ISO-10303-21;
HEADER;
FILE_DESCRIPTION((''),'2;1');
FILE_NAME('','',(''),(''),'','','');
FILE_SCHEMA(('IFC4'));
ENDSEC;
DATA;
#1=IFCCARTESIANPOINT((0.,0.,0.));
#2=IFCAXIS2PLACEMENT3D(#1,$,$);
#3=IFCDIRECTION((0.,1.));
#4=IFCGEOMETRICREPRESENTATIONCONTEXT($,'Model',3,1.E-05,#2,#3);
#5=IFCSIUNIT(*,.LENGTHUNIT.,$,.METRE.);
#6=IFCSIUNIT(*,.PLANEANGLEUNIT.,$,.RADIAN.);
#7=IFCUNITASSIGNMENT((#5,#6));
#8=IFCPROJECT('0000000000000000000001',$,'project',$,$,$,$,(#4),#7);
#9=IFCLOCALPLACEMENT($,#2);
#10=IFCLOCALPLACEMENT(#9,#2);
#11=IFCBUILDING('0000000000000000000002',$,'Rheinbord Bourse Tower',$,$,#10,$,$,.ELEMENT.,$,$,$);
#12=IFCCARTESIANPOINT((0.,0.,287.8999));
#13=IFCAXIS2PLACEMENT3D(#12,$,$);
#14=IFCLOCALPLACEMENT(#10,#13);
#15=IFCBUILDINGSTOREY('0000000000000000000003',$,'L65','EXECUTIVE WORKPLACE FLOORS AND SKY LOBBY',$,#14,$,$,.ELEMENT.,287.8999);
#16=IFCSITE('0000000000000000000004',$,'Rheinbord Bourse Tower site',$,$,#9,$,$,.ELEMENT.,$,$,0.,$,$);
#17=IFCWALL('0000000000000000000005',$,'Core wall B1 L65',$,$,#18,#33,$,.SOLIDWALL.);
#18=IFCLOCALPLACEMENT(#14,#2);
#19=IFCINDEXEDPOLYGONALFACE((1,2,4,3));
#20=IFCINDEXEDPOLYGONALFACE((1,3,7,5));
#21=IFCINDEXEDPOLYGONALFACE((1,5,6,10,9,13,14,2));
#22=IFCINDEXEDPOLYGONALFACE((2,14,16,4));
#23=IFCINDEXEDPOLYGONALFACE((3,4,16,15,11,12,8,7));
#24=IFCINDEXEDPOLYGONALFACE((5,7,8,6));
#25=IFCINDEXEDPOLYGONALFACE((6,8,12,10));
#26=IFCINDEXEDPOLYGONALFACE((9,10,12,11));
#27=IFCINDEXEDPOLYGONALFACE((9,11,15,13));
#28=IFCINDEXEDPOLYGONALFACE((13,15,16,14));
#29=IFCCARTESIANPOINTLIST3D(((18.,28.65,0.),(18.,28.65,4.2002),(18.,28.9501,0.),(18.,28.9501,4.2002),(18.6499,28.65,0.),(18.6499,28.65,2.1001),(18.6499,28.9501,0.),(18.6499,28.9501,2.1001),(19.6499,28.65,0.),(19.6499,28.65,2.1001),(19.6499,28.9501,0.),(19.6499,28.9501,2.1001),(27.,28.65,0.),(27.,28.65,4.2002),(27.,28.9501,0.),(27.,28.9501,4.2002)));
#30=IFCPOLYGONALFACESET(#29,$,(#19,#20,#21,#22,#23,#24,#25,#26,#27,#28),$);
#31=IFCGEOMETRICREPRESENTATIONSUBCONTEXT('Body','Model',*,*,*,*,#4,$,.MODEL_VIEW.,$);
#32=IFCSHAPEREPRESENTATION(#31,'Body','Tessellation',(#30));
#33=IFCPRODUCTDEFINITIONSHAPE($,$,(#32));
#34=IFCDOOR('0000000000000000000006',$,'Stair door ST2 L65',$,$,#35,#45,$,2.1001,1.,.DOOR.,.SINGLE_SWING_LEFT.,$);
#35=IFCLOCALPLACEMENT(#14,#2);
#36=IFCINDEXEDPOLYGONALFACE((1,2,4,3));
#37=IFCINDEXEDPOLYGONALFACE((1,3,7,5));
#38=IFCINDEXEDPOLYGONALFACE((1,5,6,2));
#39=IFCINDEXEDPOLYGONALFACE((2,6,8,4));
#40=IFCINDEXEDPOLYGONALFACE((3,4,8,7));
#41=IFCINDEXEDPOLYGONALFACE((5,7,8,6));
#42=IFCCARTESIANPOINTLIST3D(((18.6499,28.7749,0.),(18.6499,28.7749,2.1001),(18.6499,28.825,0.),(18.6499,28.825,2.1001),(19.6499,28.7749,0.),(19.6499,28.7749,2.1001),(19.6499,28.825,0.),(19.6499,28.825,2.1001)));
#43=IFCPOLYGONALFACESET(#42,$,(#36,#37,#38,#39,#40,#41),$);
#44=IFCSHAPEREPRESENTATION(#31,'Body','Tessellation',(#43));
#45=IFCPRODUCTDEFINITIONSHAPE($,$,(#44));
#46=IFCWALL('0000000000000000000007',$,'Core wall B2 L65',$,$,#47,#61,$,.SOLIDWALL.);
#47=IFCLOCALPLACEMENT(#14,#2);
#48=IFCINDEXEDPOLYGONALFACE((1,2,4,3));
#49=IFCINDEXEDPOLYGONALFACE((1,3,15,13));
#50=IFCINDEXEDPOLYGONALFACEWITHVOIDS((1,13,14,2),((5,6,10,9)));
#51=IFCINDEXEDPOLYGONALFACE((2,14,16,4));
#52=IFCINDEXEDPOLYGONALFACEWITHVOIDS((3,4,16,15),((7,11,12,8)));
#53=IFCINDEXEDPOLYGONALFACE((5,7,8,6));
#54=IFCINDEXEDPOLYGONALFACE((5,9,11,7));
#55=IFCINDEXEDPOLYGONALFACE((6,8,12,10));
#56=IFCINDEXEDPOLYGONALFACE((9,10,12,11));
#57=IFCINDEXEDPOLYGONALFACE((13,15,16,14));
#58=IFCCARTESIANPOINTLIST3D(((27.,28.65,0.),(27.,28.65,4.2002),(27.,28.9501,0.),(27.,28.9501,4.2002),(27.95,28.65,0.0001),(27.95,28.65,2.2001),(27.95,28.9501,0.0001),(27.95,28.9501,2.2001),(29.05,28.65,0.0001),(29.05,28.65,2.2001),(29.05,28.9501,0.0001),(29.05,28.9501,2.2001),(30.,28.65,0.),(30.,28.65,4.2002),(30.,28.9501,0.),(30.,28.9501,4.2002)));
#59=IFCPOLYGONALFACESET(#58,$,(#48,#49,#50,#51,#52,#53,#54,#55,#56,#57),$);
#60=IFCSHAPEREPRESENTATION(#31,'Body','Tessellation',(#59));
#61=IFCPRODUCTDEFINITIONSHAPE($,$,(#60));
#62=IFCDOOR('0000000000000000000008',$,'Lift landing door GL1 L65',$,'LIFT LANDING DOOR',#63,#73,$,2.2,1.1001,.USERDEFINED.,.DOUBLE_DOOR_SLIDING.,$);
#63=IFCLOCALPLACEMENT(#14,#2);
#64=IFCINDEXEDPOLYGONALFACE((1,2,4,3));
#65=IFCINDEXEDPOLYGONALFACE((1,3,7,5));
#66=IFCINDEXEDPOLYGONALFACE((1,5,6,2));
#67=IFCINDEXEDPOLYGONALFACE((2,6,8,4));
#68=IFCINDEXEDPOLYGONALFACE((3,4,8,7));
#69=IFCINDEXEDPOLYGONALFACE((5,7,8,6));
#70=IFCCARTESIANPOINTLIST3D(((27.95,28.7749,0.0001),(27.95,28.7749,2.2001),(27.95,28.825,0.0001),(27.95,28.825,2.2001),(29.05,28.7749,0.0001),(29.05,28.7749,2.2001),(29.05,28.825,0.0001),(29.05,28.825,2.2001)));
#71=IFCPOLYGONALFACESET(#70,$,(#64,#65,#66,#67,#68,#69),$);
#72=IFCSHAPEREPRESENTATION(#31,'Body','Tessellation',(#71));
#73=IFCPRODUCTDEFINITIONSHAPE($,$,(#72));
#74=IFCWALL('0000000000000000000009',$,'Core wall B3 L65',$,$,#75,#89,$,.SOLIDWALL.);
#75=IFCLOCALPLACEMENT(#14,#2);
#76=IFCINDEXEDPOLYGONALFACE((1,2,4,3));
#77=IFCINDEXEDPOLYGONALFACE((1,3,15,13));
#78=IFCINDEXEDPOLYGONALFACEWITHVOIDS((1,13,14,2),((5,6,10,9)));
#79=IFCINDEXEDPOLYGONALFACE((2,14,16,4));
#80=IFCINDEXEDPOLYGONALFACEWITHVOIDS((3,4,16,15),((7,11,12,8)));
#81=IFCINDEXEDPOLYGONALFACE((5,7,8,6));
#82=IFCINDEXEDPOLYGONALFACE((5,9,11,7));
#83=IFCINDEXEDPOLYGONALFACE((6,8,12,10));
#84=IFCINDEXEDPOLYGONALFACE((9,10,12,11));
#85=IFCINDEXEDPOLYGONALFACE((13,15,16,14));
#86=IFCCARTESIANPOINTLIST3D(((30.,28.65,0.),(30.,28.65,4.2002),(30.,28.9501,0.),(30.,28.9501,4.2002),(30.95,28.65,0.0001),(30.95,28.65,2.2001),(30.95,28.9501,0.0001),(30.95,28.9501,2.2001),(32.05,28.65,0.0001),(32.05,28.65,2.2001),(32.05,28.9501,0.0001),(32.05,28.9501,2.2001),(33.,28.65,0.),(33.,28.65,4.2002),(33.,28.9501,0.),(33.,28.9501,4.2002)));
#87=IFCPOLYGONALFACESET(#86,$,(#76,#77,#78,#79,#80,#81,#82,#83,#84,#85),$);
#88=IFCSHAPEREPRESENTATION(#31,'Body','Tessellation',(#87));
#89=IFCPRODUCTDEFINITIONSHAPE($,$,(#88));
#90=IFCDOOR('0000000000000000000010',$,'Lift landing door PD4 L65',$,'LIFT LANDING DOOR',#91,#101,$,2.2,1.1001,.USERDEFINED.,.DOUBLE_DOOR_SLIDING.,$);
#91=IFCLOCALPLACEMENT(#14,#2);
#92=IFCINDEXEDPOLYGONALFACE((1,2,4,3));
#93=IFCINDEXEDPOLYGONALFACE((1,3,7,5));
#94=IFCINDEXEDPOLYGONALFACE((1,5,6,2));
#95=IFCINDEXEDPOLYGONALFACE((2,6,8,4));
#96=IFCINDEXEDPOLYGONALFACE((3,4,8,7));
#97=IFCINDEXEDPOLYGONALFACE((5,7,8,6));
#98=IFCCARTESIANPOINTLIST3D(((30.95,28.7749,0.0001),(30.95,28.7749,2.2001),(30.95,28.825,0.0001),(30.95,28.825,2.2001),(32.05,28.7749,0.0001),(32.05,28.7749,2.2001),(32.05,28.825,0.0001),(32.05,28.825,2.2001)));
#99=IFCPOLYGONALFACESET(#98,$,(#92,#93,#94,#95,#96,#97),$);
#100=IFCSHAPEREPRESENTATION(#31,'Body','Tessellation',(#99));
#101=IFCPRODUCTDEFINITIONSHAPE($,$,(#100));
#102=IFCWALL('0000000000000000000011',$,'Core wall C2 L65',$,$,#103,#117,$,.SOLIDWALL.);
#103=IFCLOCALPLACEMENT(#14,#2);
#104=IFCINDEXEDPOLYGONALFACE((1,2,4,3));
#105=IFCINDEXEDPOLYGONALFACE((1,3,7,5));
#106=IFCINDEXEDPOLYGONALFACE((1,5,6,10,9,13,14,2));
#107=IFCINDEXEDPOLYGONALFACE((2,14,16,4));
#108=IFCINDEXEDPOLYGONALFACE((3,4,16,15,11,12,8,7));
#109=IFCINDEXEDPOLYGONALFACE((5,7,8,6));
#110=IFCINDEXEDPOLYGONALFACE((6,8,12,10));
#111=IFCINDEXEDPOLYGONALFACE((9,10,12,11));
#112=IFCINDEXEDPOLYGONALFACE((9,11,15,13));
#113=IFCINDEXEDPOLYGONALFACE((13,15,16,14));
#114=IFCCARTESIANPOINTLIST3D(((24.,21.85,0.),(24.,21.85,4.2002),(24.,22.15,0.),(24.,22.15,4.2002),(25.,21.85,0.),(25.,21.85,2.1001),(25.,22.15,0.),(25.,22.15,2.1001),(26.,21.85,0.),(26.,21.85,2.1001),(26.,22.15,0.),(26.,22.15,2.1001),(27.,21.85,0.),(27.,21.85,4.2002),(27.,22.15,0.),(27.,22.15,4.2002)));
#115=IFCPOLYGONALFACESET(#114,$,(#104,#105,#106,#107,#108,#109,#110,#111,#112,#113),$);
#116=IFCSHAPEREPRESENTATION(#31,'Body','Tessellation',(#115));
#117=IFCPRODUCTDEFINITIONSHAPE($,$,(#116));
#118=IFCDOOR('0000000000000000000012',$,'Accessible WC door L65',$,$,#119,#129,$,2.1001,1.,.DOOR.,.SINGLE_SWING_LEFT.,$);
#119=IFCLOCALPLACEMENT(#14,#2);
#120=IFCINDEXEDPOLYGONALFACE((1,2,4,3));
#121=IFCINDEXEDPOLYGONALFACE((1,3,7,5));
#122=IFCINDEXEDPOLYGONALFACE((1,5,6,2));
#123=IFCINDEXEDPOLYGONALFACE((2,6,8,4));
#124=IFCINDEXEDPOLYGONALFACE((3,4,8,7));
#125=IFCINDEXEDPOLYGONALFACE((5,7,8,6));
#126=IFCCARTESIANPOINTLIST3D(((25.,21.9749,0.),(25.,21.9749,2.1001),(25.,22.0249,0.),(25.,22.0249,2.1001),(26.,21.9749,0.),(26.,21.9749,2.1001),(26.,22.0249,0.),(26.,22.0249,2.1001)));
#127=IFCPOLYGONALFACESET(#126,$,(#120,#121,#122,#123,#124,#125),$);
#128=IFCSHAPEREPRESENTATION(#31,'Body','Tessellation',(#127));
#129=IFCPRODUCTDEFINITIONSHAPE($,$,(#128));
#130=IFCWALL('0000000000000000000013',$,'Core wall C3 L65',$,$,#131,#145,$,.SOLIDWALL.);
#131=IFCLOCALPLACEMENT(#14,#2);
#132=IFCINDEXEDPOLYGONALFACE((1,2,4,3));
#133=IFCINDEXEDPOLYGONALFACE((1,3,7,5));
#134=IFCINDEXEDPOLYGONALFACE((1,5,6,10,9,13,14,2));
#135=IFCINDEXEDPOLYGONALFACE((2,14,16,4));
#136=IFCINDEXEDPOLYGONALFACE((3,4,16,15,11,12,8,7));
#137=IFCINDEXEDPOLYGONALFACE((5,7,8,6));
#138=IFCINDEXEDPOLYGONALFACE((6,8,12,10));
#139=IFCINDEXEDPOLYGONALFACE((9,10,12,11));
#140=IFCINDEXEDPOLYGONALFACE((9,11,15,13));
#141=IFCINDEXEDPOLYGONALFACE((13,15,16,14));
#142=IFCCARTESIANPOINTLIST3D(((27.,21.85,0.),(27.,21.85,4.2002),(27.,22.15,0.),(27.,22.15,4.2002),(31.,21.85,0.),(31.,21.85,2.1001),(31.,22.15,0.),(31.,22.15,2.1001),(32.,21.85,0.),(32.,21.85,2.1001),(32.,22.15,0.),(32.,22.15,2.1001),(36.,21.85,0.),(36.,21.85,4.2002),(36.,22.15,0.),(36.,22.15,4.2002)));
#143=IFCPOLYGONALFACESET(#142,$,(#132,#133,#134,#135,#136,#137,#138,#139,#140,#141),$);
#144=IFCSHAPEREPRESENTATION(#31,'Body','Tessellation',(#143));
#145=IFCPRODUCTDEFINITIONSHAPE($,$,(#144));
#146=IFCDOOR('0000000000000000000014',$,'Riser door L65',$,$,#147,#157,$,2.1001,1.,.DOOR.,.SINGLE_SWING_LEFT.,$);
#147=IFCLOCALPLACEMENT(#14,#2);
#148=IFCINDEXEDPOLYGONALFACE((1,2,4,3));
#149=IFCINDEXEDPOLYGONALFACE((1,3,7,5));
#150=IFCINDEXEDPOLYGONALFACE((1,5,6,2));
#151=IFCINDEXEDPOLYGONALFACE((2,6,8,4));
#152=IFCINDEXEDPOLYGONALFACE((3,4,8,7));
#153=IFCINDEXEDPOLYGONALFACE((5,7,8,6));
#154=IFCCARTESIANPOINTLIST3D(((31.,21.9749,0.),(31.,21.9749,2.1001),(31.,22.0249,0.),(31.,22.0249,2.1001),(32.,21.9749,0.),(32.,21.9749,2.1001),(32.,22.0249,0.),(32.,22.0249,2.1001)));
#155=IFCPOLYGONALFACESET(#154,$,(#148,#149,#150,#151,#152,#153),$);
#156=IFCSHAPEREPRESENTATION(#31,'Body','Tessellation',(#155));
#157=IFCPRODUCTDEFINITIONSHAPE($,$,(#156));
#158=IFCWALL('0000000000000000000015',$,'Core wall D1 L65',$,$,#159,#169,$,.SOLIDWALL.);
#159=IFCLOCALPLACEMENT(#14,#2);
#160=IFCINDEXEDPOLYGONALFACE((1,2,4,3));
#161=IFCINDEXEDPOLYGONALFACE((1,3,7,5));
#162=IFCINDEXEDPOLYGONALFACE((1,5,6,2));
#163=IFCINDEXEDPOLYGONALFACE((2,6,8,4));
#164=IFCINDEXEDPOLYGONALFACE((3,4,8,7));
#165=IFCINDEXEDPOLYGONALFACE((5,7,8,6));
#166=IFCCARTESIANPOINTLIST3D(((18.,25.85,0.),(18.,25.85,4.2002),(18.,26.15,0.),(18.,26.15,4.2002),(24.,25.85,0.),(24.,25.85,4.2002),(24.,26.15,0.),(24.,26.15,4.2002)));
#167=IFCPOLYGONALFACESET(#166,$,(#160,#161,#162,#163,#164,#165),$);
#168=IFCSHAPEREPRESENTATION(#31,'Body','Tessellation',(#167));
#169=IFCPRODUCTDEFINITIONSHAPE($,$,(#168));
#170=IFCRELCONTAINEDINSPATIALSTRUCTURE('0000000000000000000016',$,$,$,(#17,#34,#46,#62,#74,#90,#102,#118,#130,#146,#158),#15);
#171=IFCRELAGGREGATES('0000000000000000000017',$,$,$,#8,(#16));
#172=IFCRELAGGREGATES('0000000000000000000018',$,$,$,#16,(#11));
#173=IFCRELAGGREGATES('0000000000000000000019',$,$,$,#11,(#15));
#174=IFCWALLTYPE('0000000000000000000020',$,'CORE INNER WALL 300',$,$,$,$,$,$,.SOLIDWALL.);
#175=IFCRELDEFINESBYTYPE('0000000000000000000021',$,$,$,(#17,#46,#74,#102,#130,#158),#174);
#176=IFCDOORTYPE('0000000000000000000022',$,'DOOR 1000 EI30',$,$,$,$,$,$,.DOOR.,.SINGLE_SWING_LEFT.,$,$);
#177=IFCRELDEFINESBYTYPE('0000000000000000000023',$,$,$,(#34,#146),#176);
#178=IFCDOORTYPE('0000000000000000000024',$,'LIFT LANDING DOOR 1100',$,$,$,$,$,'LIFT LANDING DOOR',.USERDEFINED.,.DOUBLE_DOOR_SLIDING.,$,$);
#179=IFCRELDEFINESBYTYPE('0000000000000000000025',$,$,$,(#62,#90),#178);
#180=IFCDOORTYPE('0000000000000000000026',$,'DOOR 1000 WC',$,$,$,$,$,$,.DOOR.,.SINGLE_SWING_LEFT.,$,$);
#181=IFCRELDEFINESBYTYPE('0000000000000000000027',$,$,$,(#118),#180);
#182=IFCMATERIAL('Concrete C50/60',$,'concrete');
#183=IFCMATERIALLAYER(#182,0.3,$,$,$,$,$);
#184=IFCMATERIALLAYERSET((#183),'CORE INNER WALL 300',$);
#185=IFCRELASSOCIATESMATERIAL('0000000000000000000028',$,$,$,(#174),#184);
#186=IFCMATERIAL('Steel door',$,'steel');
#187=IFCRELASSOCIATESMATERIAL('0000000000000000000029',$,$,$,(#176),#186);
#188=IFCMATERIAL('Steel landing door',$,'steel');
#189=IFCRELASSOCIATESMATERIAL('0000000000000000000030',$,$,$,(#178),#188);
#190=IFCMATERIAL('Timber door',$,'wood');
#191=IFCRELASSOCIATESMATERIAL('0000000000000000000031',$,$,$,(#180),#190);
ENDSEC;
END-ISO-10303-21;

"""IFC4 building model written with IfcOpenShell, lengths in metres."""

from ifc_helpers import new_model, si_unit, direction, frame, frame_2d, origin, place, context, subcontext, project, spatial, rectangle, extrude, material, layer, layer_set, type_object, element, fill, save


model = new_model("IFC4")

# Units and contexts
model_context = context("Model", 3, precision=1e-05, world=origin(), true_north=direction((0.0, 1.0)))
body_context = subcontext(model_context, "Body", "Model", "MODEL_VIEW")
ifc_project = project(units=[si_unit("LENGTHUNIT", "METRE"), si_unit("PLANEANGLEUNIT", "RADIAN")], contexts=[model_context])

# Site, building, storey
site_placement = place(None, origin())
site = spatial("IfcSite", under=ifc_project, at=site_placement, Name="Rheinbord Bourse Tower site", CompositionType="ELEMENT", RefElevation=0.0)
building_placement = place(site_placement, origin())
building = spatial("IfcBuilding", under=site, at=building_placement, Name="Rheinbord Bourse Tower", CompositionType="ELEMENT")
storey_placement = place(building_placement, frame((0.0, 0.0, 287.8999)))
storey = spatial("IfcBuildingStorey", under=building, at=storey_placement, Name="L65", Description="EXECUTIVE WORKPLACE FLOORS AND SKY LOBBY", CompositionType="ELEMENT", Elevation=287.8999)

# Walls, openings, doors
ifc_material_1 = material(Name="Concrete C50/60", Category="concrete")
ifc_layer_1 = layer(ifc_material_1, 0.3)
ifc_layer_set_1 = layer_set([ifc_layer_1], Name="CORE INNER WALL 300")
wall_type_1 = type_object("IfcWallType", Name="CORE INNER WALL 300", PredefinedType="SOLIDWALL", material=ifc_layer_set_1)
wall_1_placement = place(storey_placement, frame((18.0, 28.8, 0.0), z_axis=(0.0, 0.0, 1.0), x_axis=(1.0, 0.0, 0.0)))
wall_1 = element("IfcWall", 1, at=wall_1_placement, inside=storey, type_object=wall_type_1, Name="Core wall B1 L65", PredefinedType="SOLIDWALL", context=body_context, shape_type="SweptSolid", body=[
    extrude(rectangle(XDim=9.0, YDim=0.3, at=frame_2d((4.5, 0.0))), origin(), (0.0, 0.0, 1.0), 4.2002),
])
opening_1_placement = place(wall_1_placement, frame((0.6499, 0.0, 0.0)))
opening_1 = element("IfcOpeningElement", 2, at=opening_1_placement, cuts=wall_1, PredefinedType="OPENING", context=body_context, shape_type="SweptSolid", body=[
    extrude(rectangle(XDim=1.0, YDim=2.1001, at=frame_2d((0.5, 1.05))), frame((0.0, 0.1599, 0.0), z_axis=(0.0, -1.0, 0.0), x_axis=(1.0, 0.0, 0.0)), (0.0, 0.0, 1.0), 0.3201),
])
ifc_material_2 = material(Name="Steel door", Category="steel")
door_type_1 = type_object("IfcDoorType", Name="DOOR 1000 EI30", OperationType="SINGLE_SWING_LEFT", PredefinedType="DOOR", material=ifc_material_2)
door_1_placement = place(opening_1_placement, origin())
door_1 = element("IfcDoor", 3, at=door_1_placement, inside=storey, type_object=door_type_1, Name="Stair door ST2 L65", OperationType="SINGLE_SWING_LEFT", OverallHeight=2.1001, OverallWidth=1.0, PredefinedType="DOOR", context=body_context, shape_type="SweptSolid", body=[
    extrude(rectangle(XDim=1.0, YDim=2.1001, at=frame_2d((0.5, 1.05))), frame((0.0, 0.0249, 0.0), z_axis=(0.0, -1.0, 0.0), x_axis=(1.0, 0.0, 0.0)), (0.0, 0.0, 1.0), 0.05),
])
fill(opening_1, door_1)
wall_2_placement = place(storey_placement, frame((27.0, 28.8, 0.0), z_axis=(0.0, 0.0, 1.0), x_axis=(1.0, 0.0, 0.0)))
wall_2 = element("IfcWall", 4, at=wall_2_placement, inside=storey, type_object=wall_type_1, Name="Core wall B2 L65", PredefinedType="SOLIDWALL", context=body_context, shape_type="SweptSolid", body=[
    extrude(rectangle(XDim=3.0, YDim=0.3, at=frame_2d((1.5, 0.0))), origin(), (0.0, 0.0, 1.0), 4.2002),
])
opening_2_placement = place(wall_2_placement, frame((0.95, 0.0, 0.0)))
opening_2 = element("IfcOpeningElement", 5, at=opening_2_placement, cuts=wall_2, PredefinedType="OPENING", context=body_context, shape_type="SweptSolid", body=[
    extrude(rectangle(XDim=1.1001, YDim=2.2, at=frame_2d((0.55, 1.1001))), frame((0.0, 0.1599, 0.0), z_axis=(0.0, -1.0, 0.0), x_axis=(1.0, 0.0, 0.0)), (0.0, 0.0, 1.0), 0.3201),
])
ifc_material_3 = material(Name="Steel landing door", Category="steel")
door_type_2 = type_object("IfcDoorType", Name="LIFT LANDING DOOR 1100", ElementType="LIFT LANDING DOOR", OperationType="DOUBLE_DOOR_SLIDING", PredefinedType="USERDEFINED", material=ifc_material_3)
door_2_placement = place(opening_2_placement, origin())
door_2 = element("IfcDoor", 6, at=door_2_placement, inside=storey, type_object=door_type_2, Name="Lift landing door GL1 L65", ObjectType="LIFT LANDING DOOR", OperationType="DOUBLE_DOOR_SLIDING", OverallHeight=2.2, OverallWidth=1.1001, PredefinedType="USERDEFINED", context=body_context, shape_type="SweptSolid", body=[
    extrude(rectangle(XDim=1.1001, YDim=2.2, at=frame_2d((0.55, 1.1001))), frame((0.0, 0.0249, 0.0), z_axis=(0.0, -1.0, 0.0), x_axis=(1.0, 0.0, 0.0)), (0.0, 0.0, 1.0), 0.05),
])
fill(opening_2, door_2)
wall_3_placement = place(storey_placement, frame((30.0, 28.8, 0.0), z_axis=(0.0, 0.0, 1.0), x_axis=(1.0, 0.0, 0.0)))
wall_3 = element("IfcWall", 7, at=wall_3_placement, inside=storey, type_object=wall_type_1, Name="Core wall B3 L65", PredefinedType="SOLIDWALL", context=body_context, shape_type="SweptSolid", body=[
    extrude(rectangle(XDim=3.0, YDim=0.3, at=frame_2d((1.5, 0.0))), origin(), (0.0, 0.0, 1.0), 4.2002),
])
opening_3_placement = place(wall_3_placement, frame((0.95, 0.0, 0.0)))
opening_3 = element("IfcOpeningElement", 8, at=opening_3_placement, cuts=wall_3, PredefinedType="OPENING", context=body_context, shape_type="SweptSolid", body=[
    extrude(rectangle(XDim=1.1001, YDim=2.2, at=frame_2d((0.55, 1.1001))), frame((0.0, 0.1599, 0.0), z_axis=(0.0, -1.0, 0.0), x_axis=(1.0, 0.0, 0.0)), (0.0, 0.0, 1.0), 0.3201),
])
door_3_placement = place(opening_3_placement, origin())
door_3 = element("IfcDoor", 9, at=door_3_placement, inside=storey, type_object=door_type_2, Name="Lift landing door PD4 L65", ObjectType="LIFT LANDING DOOR", OperationType="DOUBLE_DOOR_SLIDING", OverallHeight=2.2, OverallWidth=1.1001, PredefinedType="USERDEFINED", context=body_context, shape_type="SweptSolid", body=[
    extrude(rectangle(XDim=1.1001, YDim=2.2, at=frame_2d((0.55, 1.1001))), frame((0.0, 0.0249, 0.0), z_axis=(0.0, -1.0, 0.0), x_axis=(1.0, 0.0, 0.0)), (0.0, 0.0, 1.0), 0.05),
])
fill(opening_3, door_3)
wall_4_placement = place(storey_placement, frame((24.0, 22.0, 0.0), z_axis=(0.0, 0.0, 1.0), x_axis=(1.0, 0.0, 0.0)))
wall_4 = element("IfcWall", 10, at=wall_4_placement, inside=storey, type_object=wall_type_1, Name="Core wall C2 L65", PredefinedType="SOLIDWALL", context=body_context, shape_type="SweptSolid", body=[
    extrude(rectangle(XDim=3.0, YDim=0.3, at=frame_2d((1.5, 0.0))), origin(), (0.0, 0.0, 1.0), 4.2002),
])
opening_4_placement = place(wall_4_placement, frame((1.0, 0.0, 0.0)))
opening_4 = element("IfcOpeningElement", 11, at=opening_4_placement, cuts=wall_4, PredefinedType="OPENING", context=body_context, shape_type="SweptSolid", body=[
    extrude(rectangle(XDim=1.0, YDim=2.1001, at=frame_2d((0.5, 1.05))), frame((0.0, 0.1599, 0.0), z_axis=(0.0, -1.0, 0.0), x_axis=(1.0, 0.0, 0.0)), (0.0, 0.0, 1.0), 0.3201),
])
ifc_material_4 = material(Name="Timber door", Category="wood")
door_type_3 = type_object("IfcDoorType", Name="DOOR 1000 WC", OperationType="SINGLE_SWING_LEFT", PredefinedType="DOOR", material=ifc_material_4)
door_4_placement = place(opening_4_placement, origin())
door_4 = element("IfcDoor", 12, at=door_4_placement, inside=storey, type_object=door_type_3, Name="Accessible WC door L65", OperationType="SINGLE_SWING_LEFT", OverallHeight=2.1001, OverallWidth=1.0, PredefinedType="DOOR", context=body_context, shape_type="SweptSolid", body=[
    extrude(rectangle(XDim=1.0, YDim=2.1001, at=frame_2d((0.5, 1.05))), frame((0.0, 0.0249, 0.0), z_axis=(0.0, -1.0, 0.0), x_axis=(1.0, 0.0, 0.0)), (0.0, 0.0, 1.0), 0.05),
])
fill(opening_4, door_4)
wall_5_placement = place(storey_placement, frame((27.0, 22.0, 0.0), z_axis=(0.0, 0.0, 1.0), x_axis=(1.0, 0.0, 0.0)))
wall_5 = element("IfcWall", 13, at=wall_5_placement, inside=storey, type_object=wall_type_1, Name="Core wall C3 L65", PredefinedType="SOLIDWALL", context=body_context, shape_type="SweptSolid", body=[
    extrude(rectangle(XDim=9.0, YDim=0.3, at=frame_2d((4.5, 0.0))), origin(), (0.0, 0.0, 1.0), 4.2002),
])
opening_5_placement = place(wall_5_placement, frame((4.0, 0.0, 0.0)))
opening_5 = element("IfcOpeningElement", 14, at=opening_5_placement, cuts=wall_5, PredefinedType="OPENING", context=body_context, shape_type="SweptSolid", body=[
    extrude(rectangle(XDim=1.0, YDim=2.1001, at=frame_2d((0.5, 1.05))), frame((0.0, 0.1599, 0.0), z_axis=(0.0, -1.0, 0.0), x_axis=(1.0, 0.0, 0.0)), (0.0, 0.0, 1.0), 0.3201),
])
door_5_placement = place(opening_5_placement, origin())
door_5 = element("IfcDoor", 15, at=door_5_placement, inside=storey, type_object=door_type_1, Name="Riser door L65", OperationType="SINGLE_SWING_LEFT", OverallHeight=2.1001, OverallWidth=1.0, PredefinedType="DOOR", context=body_context, shape_type="SweptSolid", body=[
    extrude(rectangle(XDim=1.0, YDim=2.1001, at=frame_2d((0.5, 1.05))), frame((0.0, 0.0249, 0.0), z_axis=(0.0, -1.0, 0.0), x_axis=(1.0, 0.0, 0.0)), (0.0, 0.0, 1.0), 0.05),
])
fill(opening_5, door_5)

# Wall
wall_6_placement = place(storey_placement, frame((18.0, 26.0, 0.0), z_axis=(0.0, 0.0, 1.0), x_axis=(1.0, 0.0, 0.0)))
element("IfcWall", 16, at=wall_6_placement, inside=storey, type_object=wall_type_1, Name="Core wall D1 L65", PredefinedType="SOLIDWALL", context=body_context, shape_type="SweptSolid", body=[
    extrude(rectangle(XDim=6.0, YDim=0.3, at=frame_2d((3.0, 0.0))), origin(), (0.0, 0.0, 1.0), 4.2002),
])

save(model, "model.ifc")
